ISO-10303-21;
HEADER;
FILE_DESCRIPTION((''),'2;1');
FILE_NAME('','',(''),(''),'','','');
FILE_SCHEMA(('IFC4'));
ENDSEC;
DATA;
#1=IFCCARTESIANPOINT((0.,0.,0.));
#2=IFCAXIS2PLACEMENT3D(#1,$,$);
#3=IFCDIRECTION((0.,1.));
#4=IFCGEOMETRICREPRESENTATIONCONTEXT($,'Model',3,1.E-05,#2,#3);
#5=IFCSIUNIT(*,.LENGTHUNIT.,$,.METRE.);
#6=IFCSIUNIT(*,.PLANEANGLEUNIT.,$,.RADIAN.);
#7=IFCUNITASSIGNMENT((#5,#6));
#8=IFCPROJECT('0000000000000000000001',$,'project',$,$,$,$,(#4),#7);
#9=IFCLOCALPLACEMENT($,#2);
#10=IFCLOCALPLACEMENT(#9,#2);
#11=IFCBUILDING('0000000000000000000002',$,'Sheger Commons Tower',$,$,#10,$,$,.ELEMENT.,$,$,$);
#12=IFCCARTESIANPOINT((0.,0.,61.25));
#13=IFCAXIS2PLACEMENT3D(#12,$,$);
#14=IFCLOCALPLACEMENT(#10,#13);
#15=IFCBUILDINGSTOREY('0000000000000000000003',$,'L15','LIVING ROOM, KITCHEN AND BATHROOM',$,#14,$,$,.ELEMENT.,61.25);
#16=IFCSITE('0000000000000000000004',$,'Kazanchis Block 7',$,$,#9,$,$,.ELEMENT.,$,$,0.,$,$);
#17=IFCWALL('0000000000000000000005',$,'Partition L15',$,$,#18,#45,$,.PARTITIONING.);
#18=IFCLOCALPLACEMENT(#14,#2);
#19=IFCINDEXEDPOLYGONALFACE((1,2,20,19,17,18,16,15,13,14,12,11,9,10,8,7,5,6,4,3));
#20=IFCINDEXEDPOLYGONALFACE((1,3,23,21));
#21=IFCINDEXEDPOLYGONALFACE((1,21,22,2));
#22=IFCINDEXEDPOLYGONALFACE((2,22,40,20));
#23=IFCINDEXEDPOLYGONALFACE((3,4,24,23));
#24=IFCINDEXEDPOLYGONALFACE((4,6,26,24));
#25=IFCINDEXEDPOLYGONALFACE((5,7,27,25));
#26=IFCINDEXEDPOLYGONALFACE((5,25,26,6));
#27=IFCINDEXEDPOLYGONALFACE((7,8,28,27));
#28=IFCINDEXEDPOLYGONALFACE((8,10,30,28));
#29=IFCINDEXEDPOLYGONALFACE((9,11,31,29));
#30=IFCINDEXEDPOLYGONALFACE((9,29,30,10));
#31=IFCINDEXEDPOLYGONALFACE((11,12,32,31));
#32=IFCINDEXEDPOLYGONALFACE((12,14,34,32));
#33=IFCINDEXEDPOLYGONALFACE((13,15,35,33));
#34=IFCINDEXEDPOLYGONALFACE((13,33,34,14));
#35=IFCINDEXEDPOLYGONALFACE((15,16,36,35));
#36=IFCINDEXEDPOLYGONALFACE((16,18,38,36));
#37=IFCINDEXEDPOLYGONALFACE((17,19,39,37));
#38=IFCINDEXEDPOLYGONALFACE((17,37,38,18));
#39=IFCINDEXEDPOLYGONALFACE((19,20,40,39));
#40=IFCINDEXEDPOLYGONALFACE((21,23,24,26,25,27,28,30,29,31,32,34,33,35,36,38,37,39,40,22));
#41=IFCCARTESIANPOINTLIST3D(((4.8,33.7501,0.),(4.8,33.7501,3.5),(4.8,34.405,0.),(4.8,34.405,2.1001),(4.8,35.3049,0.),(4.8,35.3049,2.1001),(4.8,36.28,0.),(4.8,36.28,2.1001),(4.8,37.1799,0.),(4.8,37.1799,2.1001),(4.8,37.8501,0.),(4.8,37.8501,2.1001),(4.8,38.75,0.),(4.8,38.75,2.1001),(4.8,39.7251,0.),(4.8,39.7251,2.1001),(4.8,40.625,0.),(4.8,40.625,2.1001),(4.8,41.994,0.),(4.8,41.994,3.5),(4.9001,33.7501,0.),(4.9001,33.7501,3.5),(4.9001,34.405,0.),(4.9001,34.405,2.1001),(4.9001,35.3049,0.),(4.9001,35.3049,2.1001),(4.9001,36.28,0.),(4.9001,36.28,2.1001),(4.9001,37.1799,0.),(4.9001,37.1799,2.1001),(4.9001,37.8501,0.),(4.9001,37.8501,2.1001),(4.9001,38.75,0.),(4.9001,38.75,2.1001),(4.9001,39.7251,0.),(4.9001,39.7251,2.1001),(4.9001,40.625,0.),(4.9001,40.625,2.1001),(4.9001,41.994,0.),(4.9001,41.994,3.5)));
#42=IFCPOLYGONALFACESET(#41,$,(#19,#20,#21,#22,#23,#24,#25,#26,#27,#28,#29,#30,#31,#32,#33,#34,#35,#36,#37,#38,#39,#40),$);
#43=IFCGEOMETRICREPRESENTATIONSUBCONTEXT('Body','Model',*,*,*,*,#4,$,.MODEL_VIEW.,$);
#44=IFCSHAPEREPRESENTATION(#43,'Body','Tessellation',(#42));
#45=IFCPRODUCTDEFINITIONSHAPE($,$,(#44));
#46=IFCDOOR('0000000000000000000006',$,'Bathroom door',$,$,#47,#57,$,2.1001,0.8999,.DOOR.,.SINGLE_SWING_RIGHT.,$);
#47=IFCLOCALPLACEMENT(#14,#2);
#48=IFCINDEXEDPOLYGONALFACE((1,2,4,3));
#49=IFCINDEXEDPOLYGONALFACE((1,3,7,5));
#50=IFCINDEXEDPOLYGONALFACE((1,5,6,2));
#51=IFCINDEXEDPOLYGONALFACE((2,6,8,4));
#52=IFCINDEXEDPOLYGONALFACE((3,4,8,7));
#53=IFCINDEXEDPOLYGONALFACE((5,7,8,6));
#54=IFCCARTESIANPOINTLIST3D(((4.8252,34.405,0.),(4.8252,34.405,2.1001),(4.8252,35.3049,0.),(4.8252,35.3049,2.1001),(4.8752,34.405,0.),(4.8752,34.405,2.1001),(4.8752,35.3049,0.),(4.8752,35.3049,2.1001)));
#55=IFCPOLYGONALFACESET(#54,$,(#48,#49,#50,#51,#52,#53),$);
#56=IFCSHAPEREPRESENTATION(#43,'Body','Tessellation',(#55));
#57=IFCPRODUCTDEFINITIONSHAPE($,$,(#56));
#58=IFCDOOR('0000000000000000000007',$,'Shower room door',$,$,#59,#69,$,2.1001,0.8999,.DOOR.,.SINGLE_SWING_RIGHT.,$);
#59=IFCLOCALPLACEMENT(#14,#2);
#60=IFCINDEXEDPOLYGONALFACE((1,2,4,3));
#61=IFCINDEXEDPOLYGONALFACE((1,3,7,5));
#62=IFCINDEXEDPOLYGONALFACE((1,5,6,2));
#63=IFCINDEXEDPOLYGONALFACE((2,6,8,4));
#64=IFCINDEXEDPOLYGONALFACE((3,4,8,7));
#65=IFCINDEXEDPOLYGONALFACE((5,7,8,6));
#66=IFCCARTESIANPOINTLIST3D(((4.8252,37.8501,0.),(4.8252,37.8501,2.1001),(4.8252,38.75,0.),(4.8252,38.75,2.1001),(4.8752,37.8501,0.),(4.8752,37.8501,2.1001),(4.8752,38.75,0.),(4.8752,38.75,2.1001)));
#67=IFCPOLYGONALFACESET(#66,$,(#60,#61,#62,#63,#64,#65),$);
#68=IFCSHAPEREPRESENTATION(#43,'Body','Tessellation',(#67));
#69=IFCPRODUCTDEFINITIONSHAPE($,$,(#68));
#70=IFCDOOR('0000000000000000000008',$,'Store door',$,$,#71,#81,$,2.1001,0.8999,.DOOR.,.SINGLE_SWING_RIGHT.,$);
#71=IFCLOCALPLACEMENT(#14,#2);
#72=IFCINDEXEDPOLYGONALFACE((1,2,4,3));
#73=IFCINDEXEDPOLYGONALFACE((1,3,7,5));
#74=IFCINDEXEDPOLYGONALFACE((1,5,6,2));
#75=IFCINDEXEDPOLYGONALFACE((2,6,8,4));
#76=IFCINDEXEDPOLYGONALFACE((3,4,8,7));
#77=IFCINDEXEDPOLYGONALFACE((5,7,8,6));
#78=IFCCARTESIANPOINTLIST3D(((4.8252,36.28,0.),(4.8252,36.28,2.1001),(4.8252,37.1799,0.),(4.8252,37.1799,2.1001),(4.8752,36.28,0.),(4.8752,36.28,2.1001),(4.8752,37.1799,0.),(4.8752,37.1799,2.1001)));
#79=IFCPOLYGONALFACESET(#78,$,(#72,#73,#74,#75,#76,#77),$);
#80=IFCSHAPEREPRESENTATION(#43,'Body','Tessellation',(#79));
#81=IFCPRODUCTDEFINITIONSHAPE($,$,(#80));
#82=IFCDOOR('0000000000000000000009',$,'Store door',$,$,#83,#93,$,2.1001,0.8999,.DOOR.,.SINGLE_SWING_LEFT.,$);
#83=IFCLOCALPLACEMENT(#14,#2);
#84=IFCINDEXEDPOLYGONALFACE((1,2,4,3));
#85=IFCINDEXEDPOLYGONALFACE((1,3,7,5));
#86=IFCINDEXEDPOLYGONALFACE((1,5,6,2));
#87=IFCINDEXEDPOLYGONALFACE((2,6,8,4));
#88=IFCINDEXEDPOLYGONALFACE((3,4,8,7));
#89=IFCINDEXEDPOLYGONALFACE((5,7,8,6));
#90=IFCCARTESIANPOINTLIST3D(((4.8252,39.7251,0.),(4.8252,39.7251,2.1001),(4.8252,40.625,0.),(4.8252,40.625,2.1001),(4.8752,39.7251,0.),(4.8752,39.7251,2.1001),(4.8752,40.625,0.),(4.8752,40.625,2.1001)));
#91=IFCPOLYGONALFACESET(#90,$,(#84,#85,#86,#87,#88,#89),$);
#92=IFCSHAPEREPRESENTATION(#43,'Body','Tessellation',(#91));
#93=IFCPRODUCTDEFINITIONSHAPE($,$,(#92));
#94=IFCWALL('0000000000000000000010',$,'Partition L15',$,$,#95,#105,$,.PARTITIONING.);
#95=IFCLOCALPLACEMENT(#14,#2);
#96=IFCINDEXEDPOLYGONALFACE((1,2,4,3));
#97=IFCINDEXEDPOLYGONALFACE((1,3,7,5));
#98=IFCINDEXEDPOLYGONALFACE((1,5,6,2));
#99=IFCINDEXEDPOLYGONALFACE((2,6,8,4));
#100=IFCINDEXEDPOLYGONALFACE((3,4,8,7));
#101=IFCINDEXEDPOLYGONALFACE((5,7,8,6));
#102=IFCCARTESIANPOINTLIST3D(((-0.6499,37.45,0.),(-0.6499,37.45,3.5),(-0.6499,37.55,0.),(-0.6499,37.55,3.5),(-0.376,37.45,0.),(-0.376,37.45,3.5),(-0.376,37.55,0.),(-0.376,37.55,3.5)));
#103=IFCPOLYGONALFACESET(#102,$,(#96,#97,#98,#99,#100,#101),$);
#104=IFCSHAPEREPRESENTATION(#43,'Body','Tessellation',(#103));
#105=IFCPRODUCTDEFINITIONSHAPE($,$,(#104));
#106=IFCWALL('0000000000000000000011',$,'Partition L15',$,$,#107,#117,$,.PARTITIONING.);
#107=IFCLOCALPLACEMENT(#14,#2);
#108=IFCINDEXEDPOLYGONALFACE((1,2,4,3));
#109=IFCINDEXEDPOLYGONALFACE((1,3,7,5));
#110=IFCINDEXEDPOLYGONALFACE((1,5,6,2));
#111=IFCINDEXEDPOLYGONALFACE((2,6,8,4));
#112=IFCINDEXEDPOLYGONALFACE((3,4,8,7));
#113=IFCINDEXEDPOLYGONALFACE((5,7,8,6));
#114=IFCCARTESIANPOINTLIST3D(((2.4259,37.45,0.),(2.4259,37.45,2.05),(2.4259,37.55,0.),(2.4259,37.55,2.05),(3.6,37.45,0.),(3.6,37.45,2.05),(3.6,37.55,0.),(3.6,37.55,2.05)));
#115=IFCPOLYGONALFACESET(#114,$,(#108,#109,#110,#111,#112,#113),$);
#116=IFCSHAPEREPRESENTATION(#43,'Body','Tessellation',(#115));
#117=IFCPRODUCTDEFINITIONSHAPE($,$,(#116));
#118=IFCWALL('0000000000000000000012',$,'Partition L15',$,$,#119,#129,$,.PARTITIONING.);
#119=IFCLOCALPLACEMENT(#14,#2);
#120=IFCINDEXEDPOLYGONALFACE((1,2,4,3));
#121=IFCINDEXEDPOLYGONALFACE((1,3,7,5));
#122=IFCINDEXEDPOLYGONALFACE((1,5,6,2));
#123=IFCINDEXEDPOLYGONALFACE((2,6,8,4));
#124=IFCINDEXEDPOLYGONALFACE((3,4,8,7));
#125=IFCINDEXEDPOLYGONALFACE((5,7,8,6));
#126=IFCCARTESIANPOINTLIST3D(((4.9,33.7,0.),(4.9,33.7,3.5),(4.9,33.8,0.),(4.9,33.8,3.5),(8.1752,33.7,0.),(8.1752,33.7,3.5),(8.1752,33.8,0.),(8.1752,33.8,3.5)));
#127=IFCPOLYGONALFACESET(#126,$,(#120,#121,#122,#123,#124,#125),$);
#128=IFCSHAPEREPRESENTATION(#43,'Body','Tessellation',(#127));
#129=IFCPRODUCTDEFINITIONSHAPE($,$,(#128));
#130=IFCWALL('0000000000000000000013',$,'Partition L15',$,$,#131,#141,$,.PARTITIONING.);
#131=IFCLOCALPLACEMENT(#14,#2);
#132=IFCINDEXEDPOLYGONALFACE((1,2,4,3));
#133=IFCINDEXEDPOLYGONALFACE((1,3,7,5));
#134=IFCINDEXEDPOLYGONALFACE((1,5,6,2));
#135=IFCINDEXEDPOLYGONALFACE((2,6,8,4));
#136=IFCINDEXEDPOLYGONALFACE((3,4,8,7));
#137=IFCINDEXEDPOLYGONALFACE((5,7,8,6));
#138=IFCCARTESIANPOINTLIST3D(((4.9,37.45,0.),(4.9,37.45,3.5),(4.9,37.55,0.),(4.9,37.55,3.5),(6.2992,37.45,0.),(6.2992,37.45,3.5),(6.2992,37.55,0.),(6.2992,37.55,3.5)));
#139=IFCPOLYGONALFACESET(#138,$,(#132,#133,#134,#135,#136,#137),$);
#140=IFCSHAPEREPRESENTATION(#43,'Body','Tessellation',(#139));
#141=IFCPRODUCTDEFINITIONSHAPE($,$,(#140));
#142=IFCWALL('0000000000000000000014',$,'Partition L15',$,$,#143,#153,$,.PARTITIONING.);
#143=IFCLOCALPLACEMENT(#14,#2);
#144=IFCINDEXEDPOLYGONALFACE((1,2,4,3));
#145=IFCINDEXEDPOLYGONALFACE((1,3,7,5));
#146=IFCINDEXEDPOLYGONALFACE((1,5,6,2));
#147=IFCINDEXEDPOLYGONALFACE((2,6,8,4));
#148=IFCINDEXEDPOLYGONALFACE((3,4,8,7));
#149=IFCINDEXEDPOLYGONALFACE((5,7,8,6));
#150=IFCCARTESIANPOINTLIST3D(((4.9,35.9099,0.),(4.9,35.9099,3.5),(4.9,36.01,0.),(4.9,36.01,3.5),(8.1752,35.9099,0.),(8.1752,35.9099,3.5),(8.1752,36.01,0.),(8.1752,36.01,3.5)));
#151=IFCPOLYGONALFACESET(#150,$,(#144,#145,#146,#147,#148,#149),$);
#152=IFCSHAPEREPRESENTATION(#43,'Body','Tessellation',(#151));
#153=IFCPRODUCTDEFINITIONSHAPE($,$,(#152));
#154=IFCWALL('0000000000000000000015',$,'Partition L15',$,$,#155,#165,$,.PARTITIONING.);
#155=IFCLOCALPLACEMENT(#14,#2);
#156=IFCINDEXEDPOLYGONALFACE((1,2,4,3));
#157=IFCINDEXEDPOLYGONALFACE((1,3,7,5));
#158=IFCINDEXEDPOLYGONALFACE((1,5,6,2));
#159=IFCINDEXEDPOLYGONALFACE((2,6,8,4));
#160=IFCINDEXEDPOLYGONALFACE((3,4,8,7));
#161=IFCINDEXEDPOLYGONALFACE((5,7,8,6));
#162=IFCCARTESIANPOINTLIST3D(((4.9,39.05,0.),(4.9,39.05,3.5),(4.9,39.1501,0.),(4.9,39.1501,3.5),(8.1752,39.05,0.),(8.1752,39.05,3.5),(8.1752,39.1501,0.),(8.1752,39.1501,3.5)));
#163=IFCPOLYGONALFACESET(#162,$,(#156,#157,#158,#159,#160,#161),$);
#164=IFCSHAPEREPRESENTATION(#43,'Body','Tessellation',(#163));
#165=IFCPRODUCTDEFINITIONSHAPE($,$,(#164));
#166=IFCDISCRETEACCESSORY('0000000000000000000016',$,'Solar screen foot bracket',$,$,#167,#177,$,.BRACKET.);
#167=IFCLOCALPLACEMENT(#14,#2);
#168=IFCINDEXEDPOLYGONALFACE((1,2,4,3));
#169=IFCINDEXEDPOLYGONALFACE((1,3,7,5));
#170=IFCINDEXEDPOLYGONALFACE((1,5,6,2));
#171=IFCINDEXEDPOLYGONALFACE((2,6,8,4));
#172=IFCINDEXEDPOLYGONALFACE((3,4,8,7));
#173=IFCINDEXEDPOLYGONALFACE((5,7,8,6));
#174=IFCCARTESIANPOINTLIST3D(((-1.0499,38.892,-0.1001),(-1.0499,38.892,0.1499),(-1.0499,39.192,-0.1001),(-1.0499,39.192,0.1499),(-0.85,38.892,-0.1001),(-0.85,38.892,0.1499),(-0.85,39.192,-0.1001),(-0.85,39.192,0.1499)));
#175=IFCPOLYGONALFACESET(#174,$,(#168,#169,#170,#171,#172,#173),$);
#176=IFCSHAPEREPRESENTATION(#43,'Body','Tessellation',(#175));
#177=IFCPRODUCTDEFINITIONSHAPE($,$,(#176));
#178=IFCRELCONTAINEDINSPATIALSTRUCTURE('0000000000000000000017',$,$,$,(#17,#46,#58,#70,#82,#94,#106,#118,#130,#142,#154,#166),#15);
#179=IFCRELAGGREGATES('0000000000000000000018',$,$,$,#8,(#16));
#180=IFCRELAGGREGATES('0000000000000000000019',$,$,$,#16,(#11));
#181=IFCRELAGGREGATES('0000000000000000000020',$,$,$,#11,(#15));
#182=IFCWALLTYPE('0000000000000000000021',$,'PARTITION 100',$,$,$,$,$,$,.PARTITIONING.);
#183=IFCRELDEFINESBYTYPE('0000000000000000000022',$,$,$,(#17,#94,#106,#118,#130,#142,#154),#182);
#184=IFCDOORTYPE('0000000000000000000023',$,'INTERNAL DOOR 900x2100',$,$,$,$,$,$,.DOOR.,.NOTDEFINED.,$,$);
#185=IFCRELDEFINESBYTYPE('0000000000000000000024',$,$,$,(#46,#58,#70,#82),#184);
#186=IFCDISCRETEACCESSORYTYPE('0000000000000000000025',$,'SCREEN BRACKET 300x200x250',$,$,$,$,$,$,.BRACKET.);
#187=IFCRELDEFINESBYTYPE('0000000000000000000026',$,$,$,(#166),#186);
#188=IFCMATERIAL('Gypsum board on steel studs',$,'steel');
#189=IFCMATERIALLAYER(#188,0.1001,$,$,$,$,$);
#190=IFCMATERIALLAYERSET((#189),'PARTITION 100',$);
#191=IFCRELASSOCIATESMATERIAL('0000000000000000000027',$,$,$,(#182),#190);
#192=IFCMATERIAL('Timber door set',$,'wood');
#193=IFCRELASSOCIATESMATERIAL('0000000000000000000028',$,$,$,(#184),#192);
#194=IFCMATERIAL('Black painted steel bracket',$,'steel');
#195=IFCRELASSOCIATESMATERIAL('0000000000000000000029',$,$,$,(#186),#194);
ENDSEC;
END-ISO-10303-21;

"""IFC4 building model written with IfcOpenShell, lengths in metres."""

from ifc_helpers import new_model, si_unit, direction, frame, frame_2d, origin, origin_2d, place, context, subcontext, project, spatial, rectangle, extrude, material, layer, layer_set, type_object, element, fill, save


model = new_model("IFC4")

# Units and contexts
model_context = context("Model", 3, precision=1e-05, world=origin(), true_north=direction((0.0, 1.0)))
body_context = subcontext(model_context, "Body", "Model", "MODEL_VIEW")
ifc_project = project(units=[si_unit("LENGTHUNIT", "METRE"), si_unit("PLANEANGLEUNIT", "RADIAN")], contexts=[model_context])

# Site, building, storey
site_placement = place(None, origin())
site = spatial("IfcSite", under=ifc_project, at=site_placement, Name="Kazanchis Block 7", CompositionType="ELEMENT", RefElevation=0.0)
building_placement = place(site_placement, origin())
building = spatial("IfcBuilding", under=site, at=building_placement, Name="Sheger Commons Tower", CompositionType="ELEMENT")
storey_placement = place(building_placement, frame((0.0, 0.0, 61.25)))
storey = spatial("IfcBuildingStorey", under=building, at=storey_placement, Name="L15", Description="LIVING ROOM, KITCHEN AND BATHROOM", CompositionType="ELEMENT", Elevation=61.25)

# Wall, openings, doors
ifc_material_1 = material(Name="Gypsum board on steel studs", Category="steel")
ifc_layer_1 = layer(ifc_material_1, 0.1001)
ifc_layer_set_1 = layer_set([ifc_layer_1], Name="PARTITION 100")
wall_type = type_object("IfcWallType", Name="PARTITION 100", PredefinedType="PARTITIONING", material=ifc_layer_set_1)
ifc_material_2 = material(Name="Timber door set", Category="wood")
door_type = type_object("IfcDoorType", Name="INTERNAL DOOR 900x2100", OperationType="NOTDEFINED", PredefinedType="DOOR", material=ifc_material_2)
wall_1_placement = place(storey_placement, frame((4.8501, 33.75, 0.0), z_axis=(0.0, 0.0, 1.0), x_axis=(0.0, 1.0, 0.0)))
wall_1 = element("IfcWall", 1, at=wall_1_placement, inside=storey, type_object=wall_type, Name="Partition L15", PredefinedType="PARTITIONING", context=body_context, shape_type="SweptSolid", body=[
    extrude(rectangle(XDim=8.2439, YDim=0.1001, at=frame_2d((4.1221, 0.0))), origin(), (0.0, 0.0, 1.0), 3.5),
])
opening_1_placement = place(wall_1_placement, frame((0.655, 0.0, 0.0)))
opening_1 = element("IfcOpeningElement", 2, at=opening_1_placement, cuts=wall_1, PredefinedType="OPENING", context=body_context, shape_type="SweptSolid", body=[
    extrude(rectangle(XDim=0.8999, YDim=2.1001, at=frame_2d((0.45, 1.05))), frame((0.0, 0.0601, 0.0), z_axis=(0.0, -1.0, 0.0), x_axis=(1.0, 0.0, 0.0)), (0.0, 0.0, 1.0), 0.1201),
])
opening_2_placement = place(wall_1_placement, frame((4.1001, 0.0, 0.0)))
opening_2 = element("IfcOpeningElement", 3, at=opening_2_placement, cuts=wall_1, PredefinedType="OPENING", context=body_context, shape_type="SweptSolid", body=[
    extrude(rectangle(XDim=0.8999, YDim=2.1001, at=frame_2d((0.45, 1.05))), frame((0.0, 0.0601, 0.0), z_axis=(0.0, -1.0, 0.0), x_axis=(1.0, 0.0, 0.0)), (0.0, 0.0, 1.0), 0.1201),
])
opening_3_placement = place(wall_1_placement, frame((2.53, 0.0, 0.0)))
opening_3 = element("IfcOpeningElement", 4, at=opening_3_placement, cuts=wall_1, PredefinedType="OPENING", context=body_context, shape_type="SweptSolid", body=[
    extrude(rectangle(XDim=0.8999, YDim=2.1001, at=frame_2d((0.45, 1.05))), frame((0.0, 0.0601, 0.0), z_axis=(0.0, -1.0, 0.0), x_axis=(1.0, 0.0, 0.0)), (0.0, 0.0, 1.0), 0.1201),
])
opening_4_placement = place(wall_1_placement, frame((5.9751, 0.0, 0.0)))
opening_4 = element("IfcOpeningElement", 5, at=opening_4_placement, cuts=wall_1, PredefinedType="OPENING", context=body_context, shape_type="SweptSolid", body=[
    extrude(rectangle(XDim=0.8999, YDim=2.1001, at=frame_2d((0.45, 1.05))), frame((0.0, 0.0601, 0.0), z_axis=(0.0, -1.0, 0.0), x_axis=(1.0, 0.0, 0.0)), (0.0, 0.0, 1.0), 0.1201),
])
door_1_placement = place(opening_1_placement, origin())
door_1 = element("IfcDoor", 6, at=door_1_placement, inside=storey, type_object=door_type, Name="Bathroom door", OperationType="SINGLE_SWING_RIGHT", OverallHeight=2.1001, OverallWidth=0.8999, PredefinedType="DOOR", context=body_context, shape_type="SweptSolid", body=[
    extrude(rectangle(XDim=0.8999, YDim=2.1001, at=frame_2d((0.45, 1.05))), frame((0.0, 0.0249, 0.0), z_axis=(0.0, -1.0, 0.0), x_axis=(1.0, 0.0, 0.0)), (0.0, 0.0, 1.0), 0.05),
])
fill(opening_1, door_1)
door_2_placement = place(opening_2_placement, origin())
door_2 = element("IfcDoor", 7, at=door_2_placement, inside=storey, type_object=door_type, Name="Shower room door", OperationType="SINGLE_SWING_RIGHT", OverallHeight=2.1001, OverallWidth=0.8999, PredefinedType="DOOR", context=body_context, shape_type="SweptSolid", body=[
    extrude(rectangle(XDim=0.8999, YDim=2.1001, at=frame_2d((0.45, 1.05))), frame((0.0, 0.0249, 0.0), z_axis=(0.0, -1.0, 0.0), x_axis=(1.0, 0.0, 0.0)), (0.0, 0.0, 1.0), 0.05),
])
fill(opening_2, door_2)
door_3_placement = place(opening_3_placement, origin())
door_3 = element("IfcDoor", 8, at=door_3_placement, inside=storey, type_object=door_type, Name="Store door", OperationType="SINGLE_SWING_RIGHT", OverallHeight=2.1001, OverallWidth=0.8999, PredefinedType="DOOR", context=body_context, shape_type="SweptSolid", body=[
    extrude(rectangle(XDim=0.8999, YDim=2.1001, at=frame_2d((0.45, 1.05))), frame((0.0, 0.0249, 0.0), z_axis=(0.0, -1.0, 0.0), x_axis=(1.0, 0.0, 0.0)), (0.0, 0.0, 1.0), 0.05),
])
fill(opening_3, door_3)
door_4_placement = place(opening_4_placement, origin())
door_4 = element("IfcDoor", 9, at=door_4_placement, inside=storey, type_object=door_type, Name="Store door", OperationType="SINGLE_SWING_LEFT", OverallHeight=2.1001, OverallWidth=0.8999, PredefinedType="DOOR", context=body_context, shape_type="SweptSolid", body=[
    extrude(rectangle(XDim=0.8999, YDim=2.1001, at=frame_2d((0.45, 1.05))), frame((0.0, 0.0249, 0.0), z_axis=(0.0, -1.0, 0.0), x_axis=(1.0, 0.0, 0.0)), (0.0, 0.0, 1.0), 0.05),
])
fill(opening_4, door_4)

# Walls
wall_2_placement = place(storey_placement, frame((-0.6499, 37.5, 0.0), z_axis=(0.0, 0.0, 1.0), x_axis=(1.0, 0.0, 0.0)))
element("IfcWall", 10, at=wall_2_placement, inside=storey, type_object=wall_type, Name="Partition L15", PredefinedType="PARTITIONING", context=body_context, shape_type="SweptSolid", body=[
    extrude(rectangle(XDim=0.2739, YDim=0.1001, at=frame_2d((0.137, 0.0))), origin(), (0.0, 0.0, 1.0), 3.5),
])
wall_3_placement = place(storey_placement, frame((2.426, 37.5, 0.0), z_axis=(0.0, 0.0, 1.0), x_axis=(1.0, 0.0, 0.0)))
element("IfcWall", 11, at=wall_3_placement, inside=storey, type_object=wall_type, Name="Partition L15", PredefinedType="PARTITIONING", context=body_context, shape_type="SweptSolid", body=[
    extrude(rectangle(XDim=1.1741, YDim=0.1001, at=frame_2d((0.5869, 0.0))), origin(), (0.0, 0.0, 1.0), 2.05),
])
wall_4_placement = place(storey_placement, frame((4.8999, 33.75, 0.0), z_axis=(0.0, 0.0, 1.0), x_axis=(1.0, 0.0, 0.0)))
element("IfcWall", 12, at=wall_4_placement, inside=storey, type_object=wall_type, Name="Partition L15", PredefinedType="PARTITIONING", context=body_context, shape_type="SweptSolid", body=[
    extrude(rectangle(XDim=3.2751, YDim=0.1001, at=frame_2d((1.6377, 0.0))), origin(), (0.0, 0.0, 1.0), 3.5),
])
wall_5_placement = place(storey_placement, frame((4.8999, 37.5, 0.0), z_axis=(0.0, 0.0, 1.0), x_axis=(1.0, 0.0, 0.0)))
element("IfcWall", 13, at=wall_5_placement, inside=storey, type_object=wall_type, Name="Partition L15", PredefinedType="PARTITIONING", context=body_context, shape_type="SweptSolid", body=[
    extrude(rectangle(XDim=1.3992, YDim=0.1001, at=frame_2d((0.6997, 0.0))), origin(), (0.0, 0.0, 1.0), 3.5),
])
for number, where, z_axis, x_axis, name in (
    (14, (4.8999, 35.96, 0.0), (0.0, 0.0, 1.0), (1.0, 0.0, 0.0), "Partition L15"),
    (15, (4.8999, 39.1001, 0.0), (0.0, 0.0, 1.0), (1.0, 0.0, 0.0), "Partition L15"),
):
    element("IfcWall", number, at=place(storey_placement, frame(where, z_axis=z_axis, x_axis=x_axis)), inside=storey, type_object=wall_type, Name=name, PredefinedType="PARTITIONING", context=body_context, shape_type="SweptSolid", body=[
        extrude(rectangle(XDim=3.2751, YDim=0.1001, at=frame_2d((1.6377, 0.0))), origin(), (0.0, 0.0, 1.0), 3.5),
    ])

# Discrete accessory
ifc_material_3 = material(Name="Black painted steel bracket", Category="steel")
discrete_accessory_type = type_object("IfcDiscreteAccessoryType", Name="SCREEN BRACKET 300x200x250", PredefinedType="BRACKET", material=ifc_material_3)
for number, where, z_axis, x_axis, name in (
    (16, (-0.95, 39.042, -0.1001), (0.0, 0.0, 1.0), (0.0, -1.0, 0.0), "Solar screen foot bracket"),
):
    element("IfcDiscreteAccessory", number, at=place(storey_placement, frame(where, z_axis=z_axis, x_axis=x_axis)), inside=storey, type_object=discrete_accessory_type, Name=name, PredefinedType="BRACKET", context=body_context, shape_type="SweptSolid", body=[
        extrude(rectangle(XDim=0.3, YDim=0.2, at=origin_2d()), origin(), (0.0, 0.0, 1.0), 0.25),
    ])

save(model, "model.ifc")
